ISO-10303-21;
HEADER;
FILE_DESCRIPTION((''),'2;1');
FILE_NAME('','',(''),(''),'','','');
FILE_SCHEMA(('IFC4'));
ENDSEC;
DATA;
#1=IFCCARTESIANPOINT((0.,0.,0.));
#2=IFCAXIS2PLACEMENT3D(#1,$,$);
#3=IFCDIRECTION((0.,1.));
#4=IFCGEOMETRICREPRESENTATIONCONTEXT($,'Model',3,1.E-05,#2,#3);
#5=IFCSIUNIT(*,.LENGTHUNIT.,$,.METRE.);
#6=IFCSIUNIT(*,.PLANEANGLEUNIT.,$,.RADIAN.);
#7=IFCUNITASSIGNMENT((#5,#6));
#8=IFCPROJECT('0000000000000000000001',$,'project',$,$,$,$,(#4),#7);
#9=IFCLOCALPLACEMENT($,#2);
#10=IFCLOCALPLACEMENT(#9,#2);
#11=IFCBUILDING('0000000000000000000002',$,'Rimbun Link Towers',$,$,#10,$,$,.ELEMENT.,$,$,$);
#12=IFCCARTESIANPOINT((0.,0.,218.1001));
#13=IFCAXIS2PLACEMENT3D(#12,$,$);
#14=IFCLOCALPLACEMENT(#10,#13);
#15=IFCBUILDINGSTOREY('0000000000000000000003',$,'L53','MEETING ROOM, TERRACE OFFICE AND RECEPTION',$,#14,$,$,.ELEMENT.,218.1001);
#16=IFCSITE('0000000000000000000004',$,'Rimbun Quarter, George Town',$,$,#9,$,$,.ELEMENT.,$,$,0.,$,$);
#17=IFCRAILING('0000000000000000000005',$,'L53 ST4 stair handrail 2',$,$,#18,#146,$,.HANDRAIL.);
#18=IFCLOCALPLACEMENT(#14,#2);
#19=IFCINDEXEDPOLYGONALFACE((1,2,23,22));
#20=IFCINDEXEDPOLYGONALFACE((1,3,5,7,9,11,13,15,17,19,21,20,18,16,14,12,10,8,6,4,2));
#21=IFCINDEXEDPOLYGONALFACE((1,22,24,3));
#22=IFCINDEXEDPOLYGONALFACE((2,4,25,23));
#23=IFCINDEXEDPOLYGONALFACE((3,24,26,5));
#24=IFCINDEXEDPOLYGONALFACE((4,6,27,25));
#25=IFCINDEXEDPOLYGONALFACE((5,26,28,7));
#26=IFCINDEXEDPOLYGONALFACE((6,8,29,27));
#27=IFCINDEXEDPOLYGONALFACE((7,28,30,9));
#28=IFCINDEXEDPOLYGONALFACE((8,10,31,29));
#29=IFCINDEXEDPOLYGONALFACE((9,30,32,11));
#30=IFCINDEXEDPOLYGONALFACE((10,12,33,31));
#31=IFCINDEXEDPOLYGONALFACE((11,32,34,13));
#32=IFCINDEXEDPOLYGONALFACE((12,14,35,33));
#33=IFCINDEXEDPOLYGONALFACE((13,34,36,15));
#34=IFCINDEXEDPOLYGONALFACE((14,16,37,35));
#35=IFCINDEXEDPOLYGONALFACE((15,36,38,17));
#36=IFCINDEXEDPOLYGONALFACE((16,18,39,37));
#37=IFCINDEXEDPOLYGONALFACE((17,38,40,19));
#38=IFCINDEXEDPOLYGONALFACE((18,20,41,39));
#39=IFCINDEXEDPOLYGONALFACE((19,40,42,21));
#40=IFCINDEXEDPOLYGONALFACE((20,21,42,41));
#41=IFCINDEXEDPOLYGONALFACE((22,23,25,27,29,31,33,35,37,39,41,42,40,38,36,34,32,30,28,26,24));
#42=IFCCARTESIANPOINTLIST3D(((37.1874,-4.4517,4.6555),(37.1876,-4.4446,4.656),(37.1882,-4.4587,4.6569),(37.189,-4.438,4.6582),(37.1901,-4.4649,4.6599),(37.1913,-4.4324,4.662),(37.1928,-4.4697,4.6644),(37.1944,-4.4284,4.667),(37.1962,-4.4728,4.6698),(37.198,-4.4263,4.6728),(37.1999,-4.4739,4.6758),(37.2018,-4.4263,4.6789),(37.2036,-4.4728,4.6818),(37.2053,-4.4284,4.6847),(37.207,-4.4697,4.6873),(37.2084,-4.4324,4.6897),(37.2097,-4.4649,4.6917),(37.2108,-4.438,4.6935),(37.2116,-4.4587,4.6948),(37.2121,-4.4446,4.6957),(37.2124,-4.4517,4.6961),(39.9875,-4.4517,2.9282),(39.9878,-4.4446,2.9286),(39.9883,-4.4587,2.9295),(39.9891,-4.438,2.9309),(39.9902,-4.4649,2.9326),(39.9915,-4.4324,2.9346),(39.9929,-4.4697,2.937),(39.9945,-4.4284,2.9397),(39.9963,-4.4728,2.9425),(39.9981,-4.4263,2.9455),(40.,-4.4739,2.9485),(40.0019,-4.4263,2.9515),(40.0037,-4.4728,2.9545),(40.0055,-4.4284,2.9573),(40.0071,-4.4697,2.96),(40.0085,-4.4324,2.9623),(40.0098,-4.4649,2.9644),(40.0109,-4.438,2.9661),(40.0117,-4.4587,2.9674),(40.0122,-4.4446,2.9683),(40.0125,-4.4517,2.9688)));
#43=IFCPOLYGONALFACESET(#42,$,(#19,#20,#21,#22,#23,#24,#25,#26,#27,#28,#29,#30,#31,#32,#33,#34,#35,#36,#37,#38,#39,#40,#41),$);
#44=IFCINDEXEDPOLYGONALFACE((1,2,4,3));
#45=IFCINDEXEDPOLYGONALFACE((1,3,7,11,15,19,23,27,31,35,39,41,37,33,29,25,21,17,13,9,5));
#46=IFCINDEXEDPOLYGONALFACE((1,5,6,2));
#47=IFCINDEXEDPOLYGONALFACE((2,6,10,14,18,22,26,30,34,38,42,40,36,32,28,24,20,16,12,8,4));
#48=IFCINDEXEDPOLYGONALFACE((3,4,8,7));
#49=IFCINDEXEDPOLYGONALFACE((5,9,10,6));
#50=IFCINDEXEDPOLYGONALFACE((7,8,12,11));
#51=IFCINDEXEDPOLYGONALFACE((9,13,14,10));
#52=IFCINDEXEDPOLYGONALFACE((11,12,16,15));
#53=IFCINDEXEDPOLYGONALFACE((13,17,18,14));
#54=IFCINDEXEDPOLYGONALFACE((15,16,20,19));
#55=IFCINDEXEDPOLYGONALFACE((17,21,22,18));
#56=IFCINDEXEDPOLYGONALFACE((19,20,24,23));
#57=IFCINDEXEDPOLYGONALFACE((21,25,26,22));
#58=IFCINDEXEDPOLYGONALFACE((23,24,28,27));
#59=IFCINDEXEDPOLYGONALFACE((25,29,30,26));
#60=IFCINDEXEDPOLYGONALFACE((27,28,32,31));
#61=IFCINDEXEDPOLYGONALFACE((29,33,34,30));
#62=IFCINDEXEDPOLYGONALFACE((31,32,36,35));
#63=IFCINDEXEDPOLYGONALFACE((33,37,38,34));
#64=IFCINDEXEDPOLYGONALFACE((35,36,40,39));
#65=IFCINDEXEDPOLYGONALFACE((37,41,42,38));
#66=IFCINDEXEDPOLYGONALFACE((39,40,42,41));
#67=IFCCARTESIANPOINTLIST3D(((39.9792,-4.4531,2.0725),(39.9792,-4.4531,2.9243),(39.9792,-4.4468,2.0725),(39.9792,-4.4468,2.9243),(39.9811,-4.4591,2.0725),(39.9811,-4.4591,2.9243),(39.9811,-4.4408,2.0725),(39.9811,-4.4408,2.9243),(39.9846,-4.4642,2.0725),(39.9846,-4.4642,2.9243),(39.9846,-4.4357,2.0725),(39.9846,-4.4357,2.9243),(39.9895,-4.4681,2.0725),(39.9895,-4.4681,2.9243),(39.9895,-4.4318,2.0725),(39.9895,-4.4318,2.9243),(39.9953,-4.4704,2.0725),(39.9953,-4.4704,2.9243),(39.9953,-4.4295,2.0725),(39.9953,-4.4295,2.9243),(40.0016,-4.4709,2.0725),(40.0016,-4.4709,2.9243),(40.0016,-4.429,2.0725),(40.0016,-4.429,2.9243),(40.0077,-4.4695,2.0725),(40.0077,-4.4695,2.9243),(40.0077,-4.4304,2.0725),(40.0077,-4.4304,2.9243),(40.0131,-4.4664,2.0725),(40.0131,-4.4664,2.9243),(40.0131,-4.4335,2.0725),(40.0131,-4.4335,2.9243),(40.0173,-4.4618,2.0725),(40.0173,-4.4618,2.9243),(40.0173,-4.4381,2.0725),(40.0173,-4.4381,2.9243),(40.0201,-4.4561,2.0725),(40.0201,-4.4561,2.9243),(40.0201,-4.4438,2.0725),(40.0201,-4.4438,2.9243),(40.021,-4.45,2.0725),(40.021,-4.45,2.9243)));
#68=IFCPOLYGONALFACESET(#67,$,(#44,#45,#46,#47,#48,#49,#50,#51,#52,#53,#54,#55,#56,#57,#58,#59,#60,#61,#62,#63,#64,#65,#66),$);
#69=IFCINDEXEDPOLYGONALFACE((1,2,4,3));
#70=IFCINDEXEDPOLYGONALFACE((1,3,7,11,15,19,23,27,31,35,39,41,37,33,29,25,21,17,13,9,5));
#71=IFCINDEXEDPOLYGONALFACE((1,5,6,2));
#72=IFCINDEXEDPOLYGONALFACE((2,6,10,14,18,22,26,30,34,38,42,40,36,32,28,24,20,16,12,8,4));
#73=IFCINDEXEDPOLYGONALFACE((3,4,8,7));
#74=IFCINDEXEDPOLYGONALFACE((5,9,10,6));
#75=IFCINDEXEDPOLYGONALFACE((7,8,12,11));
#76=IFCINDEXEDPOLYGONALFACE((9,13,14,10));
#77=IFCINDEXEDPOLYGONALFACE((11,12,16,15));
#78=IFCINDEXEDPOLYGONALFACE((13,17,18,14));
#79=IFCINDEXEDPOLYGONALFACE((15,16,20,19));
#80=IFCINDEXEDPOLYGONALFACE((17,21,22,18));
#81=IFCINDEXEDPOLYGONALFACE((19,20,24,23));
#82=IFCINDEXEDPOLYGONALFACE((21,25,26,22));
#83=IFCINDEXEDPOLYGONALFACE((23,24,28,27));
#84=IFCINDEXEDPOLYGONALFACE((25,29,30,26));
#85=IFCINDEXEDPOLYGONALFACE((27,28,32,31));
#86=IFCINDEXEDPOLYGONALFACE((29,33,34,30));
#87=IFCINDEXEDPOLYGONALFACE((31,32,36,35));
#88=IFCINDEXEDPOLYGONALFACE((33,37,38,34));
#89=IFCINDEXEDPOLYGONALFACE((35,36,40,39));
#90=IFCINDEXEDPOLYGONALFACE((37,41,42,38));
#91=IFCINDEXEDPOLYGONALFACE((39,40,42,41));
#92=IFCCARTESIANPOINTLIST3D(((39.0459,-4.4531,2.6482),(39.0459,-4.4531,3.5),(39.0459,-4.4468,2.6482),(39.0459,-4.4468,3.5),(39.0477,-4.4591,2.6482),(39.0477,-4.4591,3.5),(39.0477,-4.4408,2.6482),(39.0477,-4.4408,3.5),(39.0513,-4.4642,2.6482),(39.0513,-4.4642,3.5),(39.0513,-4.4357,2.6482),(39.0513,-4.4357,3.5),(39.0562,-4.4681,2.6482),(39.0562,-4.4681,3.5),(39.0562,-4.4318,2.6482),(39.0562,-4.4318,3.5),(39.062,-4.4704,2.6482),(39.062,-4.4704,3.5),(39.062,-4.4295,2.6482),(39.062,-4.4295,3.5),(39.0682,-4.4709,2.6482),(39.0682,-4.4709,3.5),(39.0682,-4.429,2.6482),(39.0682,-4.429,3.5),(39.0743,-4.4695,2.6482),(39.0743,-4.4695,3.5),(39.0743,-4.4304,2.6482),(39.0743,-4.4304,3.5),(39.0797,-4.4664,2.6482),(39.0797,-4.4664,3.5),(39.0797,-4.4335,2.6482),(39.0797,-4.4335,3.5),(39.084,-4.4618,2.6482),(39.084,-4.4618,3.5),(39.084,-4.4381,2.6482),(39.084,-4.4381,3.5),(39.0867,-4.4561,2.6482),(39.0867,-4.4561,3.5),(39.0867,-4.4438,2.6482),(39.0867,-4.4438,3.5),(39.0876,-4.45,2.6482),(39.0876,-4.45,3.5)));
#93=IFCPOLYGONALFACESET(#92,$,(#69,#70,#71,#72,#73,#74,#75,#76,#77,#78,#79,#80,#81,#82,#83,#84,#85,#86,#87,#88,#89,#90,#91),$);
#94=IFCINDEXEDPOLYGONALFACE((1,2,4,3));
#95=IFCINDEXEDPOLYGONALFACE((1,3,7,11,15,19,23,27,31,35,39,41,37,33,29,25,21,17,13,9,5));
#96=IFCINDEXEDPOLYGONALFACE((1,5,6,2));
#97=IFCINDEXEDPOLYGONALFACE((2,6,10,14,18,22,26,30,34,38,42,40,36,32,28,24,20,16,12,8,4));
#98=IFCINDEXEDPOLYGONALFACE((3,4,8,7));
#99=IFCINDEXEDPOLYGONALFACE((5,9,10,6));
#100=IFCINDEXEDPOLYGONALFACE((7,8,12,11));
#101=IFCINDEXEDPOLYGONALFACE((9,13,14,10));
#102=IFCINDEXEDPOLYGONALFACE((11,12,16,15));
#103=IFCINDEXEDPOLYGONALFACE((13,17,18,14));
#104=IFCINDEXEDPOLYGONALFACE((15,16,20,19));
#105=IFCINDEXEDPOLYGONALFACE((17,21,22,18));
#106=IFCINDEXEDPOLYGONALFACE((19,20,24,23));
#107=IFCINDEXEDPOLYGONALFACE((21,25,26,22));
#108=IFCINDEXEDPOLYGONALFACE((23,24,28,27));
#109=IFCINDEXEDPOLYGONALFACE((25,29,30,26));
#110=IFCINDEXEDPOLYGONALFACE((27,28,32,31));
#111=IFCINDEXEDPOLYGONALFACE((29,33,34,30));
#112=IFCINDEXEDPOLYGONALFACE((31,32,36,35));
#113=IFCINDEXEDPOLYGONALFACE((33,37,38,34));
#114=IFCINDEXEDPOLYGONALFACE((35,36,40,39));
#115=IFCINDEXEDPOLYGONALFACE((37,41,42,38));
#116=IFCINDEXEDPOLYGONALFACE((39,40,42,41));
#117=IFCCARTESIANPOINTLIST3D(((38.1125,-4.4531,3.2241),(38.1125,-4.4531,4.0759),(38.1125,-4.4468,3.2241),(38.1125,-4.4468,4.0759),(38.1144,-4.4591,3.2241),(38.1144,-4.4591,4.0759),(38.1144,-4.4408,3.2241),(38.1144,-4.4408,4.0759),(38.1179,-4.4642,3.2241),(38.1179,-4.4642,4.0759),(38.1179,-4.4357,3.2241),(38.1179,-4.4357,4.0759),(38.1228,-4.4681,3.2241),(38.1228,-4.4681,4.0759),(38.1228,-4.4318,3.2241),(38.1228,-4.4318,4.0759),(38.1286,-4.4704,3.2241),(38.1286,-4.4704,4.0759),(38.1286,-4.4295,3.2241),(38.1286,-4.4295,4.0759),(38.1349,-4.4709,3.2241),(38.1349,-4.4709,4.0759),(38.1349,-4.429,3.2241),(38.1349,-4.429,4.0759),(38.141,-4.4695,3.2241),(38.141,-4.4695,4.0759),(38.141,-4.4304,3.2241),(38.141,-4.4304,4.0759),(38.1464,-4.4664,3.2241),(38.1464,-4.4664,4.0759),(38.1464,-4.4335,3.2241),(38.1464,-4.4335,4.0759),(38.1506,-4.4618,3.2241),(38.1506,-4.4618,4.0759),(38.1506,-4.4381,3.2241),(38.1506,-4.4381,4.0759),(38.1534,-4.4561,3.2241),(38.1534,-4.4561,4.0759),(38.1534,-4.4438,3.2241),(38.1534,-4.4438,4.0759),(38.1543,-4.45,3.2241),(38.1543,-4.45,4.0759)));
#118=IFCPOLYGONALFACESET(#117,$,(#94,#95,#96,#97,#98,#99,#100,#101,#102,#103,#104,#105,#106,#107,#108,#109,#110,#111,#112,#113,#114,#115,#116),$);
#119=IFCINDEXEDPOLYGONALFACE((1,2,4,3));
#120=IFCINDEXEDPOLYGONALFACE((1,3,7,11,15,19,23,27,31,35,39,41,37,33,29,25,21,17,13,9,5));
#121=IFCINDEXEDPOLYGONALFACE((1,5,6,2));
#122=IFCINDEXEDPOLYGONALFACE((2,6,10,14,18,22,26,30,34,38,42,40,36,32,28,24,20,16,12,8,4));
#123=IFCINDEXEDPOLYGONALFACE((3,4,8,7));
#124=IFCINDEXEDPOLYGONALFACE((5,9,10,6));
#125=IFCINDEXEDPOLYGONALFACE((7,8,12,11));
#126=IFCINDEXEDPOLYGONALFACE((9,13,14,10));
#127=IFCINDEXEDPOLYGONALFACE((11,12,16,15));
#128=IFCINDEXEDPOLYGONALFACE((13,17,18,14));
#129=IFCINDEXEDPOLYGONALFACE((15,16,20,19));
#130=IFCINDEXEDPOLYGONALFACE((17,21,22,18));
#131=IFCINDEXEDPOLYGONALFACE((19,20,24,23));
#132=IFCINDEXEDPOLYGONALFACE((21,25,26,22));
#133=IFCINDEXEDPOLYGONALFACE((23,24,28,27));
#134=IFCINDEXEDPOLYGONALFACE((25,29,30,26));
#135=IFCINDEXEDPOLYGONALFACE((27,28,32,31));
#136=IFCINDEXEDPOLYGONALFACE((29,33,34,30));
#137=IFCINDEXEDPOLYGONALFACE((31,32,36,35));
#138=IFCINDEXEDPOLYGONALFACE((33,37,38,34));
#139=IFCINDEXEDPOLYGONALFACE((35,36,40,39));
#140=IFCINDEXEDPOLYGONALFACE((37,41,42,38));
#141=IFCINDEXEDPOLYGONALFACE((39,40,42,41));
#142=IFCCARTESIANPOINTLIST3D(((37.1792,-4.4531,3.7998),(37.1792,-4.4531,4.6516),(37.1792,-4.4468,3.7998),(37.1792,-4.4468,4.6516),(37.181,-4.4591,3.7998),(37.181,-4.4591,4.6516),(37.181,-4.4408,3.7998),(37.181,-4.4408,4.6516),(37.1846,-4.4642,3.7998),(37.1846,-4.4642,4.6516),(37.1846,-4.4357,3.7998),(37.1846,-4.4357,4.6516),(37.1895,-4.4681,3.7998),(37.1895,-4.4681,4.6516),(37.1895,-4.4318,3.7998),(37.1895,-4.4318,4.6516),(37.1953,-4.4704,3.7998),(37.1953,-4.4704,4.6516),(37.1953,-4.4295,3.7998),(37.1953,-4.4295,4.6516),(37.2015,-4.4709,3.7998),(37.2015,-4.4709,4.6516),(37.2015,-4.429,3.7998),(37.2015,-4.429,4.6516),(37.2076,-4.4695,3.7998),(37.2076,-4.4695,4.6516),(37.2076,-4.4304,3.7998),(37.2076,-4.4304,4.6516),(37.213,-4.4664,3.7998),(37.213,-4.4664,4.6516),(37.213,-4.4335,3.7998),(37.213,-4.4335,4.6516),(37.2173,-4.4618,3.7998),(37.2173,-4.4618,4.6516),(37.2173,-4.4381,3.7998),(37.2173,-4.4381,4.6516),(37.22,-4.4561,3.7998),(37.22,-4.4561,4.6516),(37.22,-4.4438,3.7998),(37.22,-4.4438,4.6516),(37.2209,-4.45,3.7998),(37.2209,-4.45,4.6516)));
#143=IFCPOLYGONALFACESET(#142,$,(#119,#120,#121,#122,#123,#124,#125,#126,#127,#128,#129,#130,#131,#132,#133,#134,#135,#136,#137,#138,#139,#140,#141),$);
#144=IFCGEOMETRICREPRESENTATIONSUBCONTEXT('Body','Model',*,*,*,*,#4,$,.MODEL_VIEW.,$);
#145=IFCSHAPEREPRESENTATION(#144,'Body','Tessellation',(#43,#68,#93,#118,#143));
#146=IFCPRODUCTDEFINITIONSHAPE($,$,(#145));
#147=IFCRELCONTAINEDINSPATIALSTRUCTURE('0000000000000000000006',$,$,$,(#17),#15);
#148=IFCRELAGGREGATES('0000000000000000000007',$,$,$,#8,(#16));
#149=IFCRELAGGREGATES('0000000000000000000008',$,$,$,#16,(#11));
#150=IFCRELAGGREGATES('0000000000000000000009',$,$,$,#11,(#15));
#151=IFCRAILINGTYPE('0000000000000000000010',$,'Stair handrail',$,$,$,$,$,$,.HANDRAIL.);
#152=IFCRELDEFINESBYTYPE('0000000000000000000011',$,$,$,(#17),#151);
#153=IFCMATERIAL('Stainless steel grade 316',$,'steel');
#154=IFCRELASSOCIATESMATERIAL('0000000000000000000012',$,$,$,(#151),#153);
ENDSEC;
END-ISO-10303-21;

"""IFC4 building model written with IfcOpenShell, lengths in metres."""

from ifc_helpers import new_model, si_unit, direction, frame, origin, origin_2d, place, context, subcontext, project, spatial, circle, extrude, material, type_object, element, save


model = new_model("IFC4")

# Units and contexts
model_context = context("Model", 3, precision=1e-05, world=origin(), true_north=direction((0.0, 1.0)))
body_context = subcontext(model_context, "Body", "Model", "MODEL_VIEW")
ifc_project = project(units=[si_unit("LENGTHUNIT", "METRE"), si_unit("PLANEANGLEUNIT", "RADIAN")], contexts=[model_context])

# Site, building, storey
site_placement = place(None, origin())
site = spatial("IfcSite", under=ifc_project, at=site_placement, Name="Rimbun Quarter, George Town", CompositionType="ELEMENT", RefElevation=0.0)
building_placement = place(site_placement, origin())
building = spatial("IfcBuilding", under=site, at=building_placement, Name="Rimbun Link Towers", CompositionType="ELEMENT")
storey_placement = place(building_placement, frame((0.0, 0.0, 218.1001)))
storey = spatial("IfcBuildingStorey", under=building, at=storey_placement, Name="L53", Description="MEETING ROOM, TERRACE OFFICE AND RECEPTION", CompositionType="ELEMENT", Elevation=218.1001)

# Railing
ifc_material_1 = material(Name="Stainless steel grade 316", Category="steel")
railing_type_1 = type_object("IfcRailingType", Name="Stair handrail", PredefinedType="HANDRAIL", material=ifc_material_1)
railing_1_placement = place(storey_placement, frame((40.0, -4.45, 2.0725)))
element("IfcRailing", 1, at=railing_1_placement, inside=storey, type_object=railing_type_1, Name="L53 ST4 stair handrail 2", PredefinedType="HANDRAIL", context=body_context, shape_type="SweptSolid", body=[
    extrude(circle(Radius=0.0239, at=origin_2d()), frame((0.0, 0.0, 0.876), z_axis=(-0.85109, 0.0, 0.52502), x_axis=(0.0, -1.0, 0.0)), (0.0, 0.0, 1.0), 3.29),
    extrude(circle(Radius=0.021, at=origin_2d()), origin(), (0.0, 0.0, 1.0), 0.8518),
    extrude(circle(Radius=0.021, at=origin_2d()), frame((-0.9333, 0.0, 0.5757)), (0.0, 0.0, 1.0), 0.8518),
    extrude(circle(Radius=0.021, at=origin_2d()), frame((-1.8667, 0.0, 1.1516)), (0.0, 0.0, 1.0), 0.8518),
    extrude(circle(Radius=0.021, at=origin_2d()), frame((-2.8, 0.0, 1.7273)), (0.0, 0.0, 1.0), 0.8518),
])

save(model, "model.ifc")
